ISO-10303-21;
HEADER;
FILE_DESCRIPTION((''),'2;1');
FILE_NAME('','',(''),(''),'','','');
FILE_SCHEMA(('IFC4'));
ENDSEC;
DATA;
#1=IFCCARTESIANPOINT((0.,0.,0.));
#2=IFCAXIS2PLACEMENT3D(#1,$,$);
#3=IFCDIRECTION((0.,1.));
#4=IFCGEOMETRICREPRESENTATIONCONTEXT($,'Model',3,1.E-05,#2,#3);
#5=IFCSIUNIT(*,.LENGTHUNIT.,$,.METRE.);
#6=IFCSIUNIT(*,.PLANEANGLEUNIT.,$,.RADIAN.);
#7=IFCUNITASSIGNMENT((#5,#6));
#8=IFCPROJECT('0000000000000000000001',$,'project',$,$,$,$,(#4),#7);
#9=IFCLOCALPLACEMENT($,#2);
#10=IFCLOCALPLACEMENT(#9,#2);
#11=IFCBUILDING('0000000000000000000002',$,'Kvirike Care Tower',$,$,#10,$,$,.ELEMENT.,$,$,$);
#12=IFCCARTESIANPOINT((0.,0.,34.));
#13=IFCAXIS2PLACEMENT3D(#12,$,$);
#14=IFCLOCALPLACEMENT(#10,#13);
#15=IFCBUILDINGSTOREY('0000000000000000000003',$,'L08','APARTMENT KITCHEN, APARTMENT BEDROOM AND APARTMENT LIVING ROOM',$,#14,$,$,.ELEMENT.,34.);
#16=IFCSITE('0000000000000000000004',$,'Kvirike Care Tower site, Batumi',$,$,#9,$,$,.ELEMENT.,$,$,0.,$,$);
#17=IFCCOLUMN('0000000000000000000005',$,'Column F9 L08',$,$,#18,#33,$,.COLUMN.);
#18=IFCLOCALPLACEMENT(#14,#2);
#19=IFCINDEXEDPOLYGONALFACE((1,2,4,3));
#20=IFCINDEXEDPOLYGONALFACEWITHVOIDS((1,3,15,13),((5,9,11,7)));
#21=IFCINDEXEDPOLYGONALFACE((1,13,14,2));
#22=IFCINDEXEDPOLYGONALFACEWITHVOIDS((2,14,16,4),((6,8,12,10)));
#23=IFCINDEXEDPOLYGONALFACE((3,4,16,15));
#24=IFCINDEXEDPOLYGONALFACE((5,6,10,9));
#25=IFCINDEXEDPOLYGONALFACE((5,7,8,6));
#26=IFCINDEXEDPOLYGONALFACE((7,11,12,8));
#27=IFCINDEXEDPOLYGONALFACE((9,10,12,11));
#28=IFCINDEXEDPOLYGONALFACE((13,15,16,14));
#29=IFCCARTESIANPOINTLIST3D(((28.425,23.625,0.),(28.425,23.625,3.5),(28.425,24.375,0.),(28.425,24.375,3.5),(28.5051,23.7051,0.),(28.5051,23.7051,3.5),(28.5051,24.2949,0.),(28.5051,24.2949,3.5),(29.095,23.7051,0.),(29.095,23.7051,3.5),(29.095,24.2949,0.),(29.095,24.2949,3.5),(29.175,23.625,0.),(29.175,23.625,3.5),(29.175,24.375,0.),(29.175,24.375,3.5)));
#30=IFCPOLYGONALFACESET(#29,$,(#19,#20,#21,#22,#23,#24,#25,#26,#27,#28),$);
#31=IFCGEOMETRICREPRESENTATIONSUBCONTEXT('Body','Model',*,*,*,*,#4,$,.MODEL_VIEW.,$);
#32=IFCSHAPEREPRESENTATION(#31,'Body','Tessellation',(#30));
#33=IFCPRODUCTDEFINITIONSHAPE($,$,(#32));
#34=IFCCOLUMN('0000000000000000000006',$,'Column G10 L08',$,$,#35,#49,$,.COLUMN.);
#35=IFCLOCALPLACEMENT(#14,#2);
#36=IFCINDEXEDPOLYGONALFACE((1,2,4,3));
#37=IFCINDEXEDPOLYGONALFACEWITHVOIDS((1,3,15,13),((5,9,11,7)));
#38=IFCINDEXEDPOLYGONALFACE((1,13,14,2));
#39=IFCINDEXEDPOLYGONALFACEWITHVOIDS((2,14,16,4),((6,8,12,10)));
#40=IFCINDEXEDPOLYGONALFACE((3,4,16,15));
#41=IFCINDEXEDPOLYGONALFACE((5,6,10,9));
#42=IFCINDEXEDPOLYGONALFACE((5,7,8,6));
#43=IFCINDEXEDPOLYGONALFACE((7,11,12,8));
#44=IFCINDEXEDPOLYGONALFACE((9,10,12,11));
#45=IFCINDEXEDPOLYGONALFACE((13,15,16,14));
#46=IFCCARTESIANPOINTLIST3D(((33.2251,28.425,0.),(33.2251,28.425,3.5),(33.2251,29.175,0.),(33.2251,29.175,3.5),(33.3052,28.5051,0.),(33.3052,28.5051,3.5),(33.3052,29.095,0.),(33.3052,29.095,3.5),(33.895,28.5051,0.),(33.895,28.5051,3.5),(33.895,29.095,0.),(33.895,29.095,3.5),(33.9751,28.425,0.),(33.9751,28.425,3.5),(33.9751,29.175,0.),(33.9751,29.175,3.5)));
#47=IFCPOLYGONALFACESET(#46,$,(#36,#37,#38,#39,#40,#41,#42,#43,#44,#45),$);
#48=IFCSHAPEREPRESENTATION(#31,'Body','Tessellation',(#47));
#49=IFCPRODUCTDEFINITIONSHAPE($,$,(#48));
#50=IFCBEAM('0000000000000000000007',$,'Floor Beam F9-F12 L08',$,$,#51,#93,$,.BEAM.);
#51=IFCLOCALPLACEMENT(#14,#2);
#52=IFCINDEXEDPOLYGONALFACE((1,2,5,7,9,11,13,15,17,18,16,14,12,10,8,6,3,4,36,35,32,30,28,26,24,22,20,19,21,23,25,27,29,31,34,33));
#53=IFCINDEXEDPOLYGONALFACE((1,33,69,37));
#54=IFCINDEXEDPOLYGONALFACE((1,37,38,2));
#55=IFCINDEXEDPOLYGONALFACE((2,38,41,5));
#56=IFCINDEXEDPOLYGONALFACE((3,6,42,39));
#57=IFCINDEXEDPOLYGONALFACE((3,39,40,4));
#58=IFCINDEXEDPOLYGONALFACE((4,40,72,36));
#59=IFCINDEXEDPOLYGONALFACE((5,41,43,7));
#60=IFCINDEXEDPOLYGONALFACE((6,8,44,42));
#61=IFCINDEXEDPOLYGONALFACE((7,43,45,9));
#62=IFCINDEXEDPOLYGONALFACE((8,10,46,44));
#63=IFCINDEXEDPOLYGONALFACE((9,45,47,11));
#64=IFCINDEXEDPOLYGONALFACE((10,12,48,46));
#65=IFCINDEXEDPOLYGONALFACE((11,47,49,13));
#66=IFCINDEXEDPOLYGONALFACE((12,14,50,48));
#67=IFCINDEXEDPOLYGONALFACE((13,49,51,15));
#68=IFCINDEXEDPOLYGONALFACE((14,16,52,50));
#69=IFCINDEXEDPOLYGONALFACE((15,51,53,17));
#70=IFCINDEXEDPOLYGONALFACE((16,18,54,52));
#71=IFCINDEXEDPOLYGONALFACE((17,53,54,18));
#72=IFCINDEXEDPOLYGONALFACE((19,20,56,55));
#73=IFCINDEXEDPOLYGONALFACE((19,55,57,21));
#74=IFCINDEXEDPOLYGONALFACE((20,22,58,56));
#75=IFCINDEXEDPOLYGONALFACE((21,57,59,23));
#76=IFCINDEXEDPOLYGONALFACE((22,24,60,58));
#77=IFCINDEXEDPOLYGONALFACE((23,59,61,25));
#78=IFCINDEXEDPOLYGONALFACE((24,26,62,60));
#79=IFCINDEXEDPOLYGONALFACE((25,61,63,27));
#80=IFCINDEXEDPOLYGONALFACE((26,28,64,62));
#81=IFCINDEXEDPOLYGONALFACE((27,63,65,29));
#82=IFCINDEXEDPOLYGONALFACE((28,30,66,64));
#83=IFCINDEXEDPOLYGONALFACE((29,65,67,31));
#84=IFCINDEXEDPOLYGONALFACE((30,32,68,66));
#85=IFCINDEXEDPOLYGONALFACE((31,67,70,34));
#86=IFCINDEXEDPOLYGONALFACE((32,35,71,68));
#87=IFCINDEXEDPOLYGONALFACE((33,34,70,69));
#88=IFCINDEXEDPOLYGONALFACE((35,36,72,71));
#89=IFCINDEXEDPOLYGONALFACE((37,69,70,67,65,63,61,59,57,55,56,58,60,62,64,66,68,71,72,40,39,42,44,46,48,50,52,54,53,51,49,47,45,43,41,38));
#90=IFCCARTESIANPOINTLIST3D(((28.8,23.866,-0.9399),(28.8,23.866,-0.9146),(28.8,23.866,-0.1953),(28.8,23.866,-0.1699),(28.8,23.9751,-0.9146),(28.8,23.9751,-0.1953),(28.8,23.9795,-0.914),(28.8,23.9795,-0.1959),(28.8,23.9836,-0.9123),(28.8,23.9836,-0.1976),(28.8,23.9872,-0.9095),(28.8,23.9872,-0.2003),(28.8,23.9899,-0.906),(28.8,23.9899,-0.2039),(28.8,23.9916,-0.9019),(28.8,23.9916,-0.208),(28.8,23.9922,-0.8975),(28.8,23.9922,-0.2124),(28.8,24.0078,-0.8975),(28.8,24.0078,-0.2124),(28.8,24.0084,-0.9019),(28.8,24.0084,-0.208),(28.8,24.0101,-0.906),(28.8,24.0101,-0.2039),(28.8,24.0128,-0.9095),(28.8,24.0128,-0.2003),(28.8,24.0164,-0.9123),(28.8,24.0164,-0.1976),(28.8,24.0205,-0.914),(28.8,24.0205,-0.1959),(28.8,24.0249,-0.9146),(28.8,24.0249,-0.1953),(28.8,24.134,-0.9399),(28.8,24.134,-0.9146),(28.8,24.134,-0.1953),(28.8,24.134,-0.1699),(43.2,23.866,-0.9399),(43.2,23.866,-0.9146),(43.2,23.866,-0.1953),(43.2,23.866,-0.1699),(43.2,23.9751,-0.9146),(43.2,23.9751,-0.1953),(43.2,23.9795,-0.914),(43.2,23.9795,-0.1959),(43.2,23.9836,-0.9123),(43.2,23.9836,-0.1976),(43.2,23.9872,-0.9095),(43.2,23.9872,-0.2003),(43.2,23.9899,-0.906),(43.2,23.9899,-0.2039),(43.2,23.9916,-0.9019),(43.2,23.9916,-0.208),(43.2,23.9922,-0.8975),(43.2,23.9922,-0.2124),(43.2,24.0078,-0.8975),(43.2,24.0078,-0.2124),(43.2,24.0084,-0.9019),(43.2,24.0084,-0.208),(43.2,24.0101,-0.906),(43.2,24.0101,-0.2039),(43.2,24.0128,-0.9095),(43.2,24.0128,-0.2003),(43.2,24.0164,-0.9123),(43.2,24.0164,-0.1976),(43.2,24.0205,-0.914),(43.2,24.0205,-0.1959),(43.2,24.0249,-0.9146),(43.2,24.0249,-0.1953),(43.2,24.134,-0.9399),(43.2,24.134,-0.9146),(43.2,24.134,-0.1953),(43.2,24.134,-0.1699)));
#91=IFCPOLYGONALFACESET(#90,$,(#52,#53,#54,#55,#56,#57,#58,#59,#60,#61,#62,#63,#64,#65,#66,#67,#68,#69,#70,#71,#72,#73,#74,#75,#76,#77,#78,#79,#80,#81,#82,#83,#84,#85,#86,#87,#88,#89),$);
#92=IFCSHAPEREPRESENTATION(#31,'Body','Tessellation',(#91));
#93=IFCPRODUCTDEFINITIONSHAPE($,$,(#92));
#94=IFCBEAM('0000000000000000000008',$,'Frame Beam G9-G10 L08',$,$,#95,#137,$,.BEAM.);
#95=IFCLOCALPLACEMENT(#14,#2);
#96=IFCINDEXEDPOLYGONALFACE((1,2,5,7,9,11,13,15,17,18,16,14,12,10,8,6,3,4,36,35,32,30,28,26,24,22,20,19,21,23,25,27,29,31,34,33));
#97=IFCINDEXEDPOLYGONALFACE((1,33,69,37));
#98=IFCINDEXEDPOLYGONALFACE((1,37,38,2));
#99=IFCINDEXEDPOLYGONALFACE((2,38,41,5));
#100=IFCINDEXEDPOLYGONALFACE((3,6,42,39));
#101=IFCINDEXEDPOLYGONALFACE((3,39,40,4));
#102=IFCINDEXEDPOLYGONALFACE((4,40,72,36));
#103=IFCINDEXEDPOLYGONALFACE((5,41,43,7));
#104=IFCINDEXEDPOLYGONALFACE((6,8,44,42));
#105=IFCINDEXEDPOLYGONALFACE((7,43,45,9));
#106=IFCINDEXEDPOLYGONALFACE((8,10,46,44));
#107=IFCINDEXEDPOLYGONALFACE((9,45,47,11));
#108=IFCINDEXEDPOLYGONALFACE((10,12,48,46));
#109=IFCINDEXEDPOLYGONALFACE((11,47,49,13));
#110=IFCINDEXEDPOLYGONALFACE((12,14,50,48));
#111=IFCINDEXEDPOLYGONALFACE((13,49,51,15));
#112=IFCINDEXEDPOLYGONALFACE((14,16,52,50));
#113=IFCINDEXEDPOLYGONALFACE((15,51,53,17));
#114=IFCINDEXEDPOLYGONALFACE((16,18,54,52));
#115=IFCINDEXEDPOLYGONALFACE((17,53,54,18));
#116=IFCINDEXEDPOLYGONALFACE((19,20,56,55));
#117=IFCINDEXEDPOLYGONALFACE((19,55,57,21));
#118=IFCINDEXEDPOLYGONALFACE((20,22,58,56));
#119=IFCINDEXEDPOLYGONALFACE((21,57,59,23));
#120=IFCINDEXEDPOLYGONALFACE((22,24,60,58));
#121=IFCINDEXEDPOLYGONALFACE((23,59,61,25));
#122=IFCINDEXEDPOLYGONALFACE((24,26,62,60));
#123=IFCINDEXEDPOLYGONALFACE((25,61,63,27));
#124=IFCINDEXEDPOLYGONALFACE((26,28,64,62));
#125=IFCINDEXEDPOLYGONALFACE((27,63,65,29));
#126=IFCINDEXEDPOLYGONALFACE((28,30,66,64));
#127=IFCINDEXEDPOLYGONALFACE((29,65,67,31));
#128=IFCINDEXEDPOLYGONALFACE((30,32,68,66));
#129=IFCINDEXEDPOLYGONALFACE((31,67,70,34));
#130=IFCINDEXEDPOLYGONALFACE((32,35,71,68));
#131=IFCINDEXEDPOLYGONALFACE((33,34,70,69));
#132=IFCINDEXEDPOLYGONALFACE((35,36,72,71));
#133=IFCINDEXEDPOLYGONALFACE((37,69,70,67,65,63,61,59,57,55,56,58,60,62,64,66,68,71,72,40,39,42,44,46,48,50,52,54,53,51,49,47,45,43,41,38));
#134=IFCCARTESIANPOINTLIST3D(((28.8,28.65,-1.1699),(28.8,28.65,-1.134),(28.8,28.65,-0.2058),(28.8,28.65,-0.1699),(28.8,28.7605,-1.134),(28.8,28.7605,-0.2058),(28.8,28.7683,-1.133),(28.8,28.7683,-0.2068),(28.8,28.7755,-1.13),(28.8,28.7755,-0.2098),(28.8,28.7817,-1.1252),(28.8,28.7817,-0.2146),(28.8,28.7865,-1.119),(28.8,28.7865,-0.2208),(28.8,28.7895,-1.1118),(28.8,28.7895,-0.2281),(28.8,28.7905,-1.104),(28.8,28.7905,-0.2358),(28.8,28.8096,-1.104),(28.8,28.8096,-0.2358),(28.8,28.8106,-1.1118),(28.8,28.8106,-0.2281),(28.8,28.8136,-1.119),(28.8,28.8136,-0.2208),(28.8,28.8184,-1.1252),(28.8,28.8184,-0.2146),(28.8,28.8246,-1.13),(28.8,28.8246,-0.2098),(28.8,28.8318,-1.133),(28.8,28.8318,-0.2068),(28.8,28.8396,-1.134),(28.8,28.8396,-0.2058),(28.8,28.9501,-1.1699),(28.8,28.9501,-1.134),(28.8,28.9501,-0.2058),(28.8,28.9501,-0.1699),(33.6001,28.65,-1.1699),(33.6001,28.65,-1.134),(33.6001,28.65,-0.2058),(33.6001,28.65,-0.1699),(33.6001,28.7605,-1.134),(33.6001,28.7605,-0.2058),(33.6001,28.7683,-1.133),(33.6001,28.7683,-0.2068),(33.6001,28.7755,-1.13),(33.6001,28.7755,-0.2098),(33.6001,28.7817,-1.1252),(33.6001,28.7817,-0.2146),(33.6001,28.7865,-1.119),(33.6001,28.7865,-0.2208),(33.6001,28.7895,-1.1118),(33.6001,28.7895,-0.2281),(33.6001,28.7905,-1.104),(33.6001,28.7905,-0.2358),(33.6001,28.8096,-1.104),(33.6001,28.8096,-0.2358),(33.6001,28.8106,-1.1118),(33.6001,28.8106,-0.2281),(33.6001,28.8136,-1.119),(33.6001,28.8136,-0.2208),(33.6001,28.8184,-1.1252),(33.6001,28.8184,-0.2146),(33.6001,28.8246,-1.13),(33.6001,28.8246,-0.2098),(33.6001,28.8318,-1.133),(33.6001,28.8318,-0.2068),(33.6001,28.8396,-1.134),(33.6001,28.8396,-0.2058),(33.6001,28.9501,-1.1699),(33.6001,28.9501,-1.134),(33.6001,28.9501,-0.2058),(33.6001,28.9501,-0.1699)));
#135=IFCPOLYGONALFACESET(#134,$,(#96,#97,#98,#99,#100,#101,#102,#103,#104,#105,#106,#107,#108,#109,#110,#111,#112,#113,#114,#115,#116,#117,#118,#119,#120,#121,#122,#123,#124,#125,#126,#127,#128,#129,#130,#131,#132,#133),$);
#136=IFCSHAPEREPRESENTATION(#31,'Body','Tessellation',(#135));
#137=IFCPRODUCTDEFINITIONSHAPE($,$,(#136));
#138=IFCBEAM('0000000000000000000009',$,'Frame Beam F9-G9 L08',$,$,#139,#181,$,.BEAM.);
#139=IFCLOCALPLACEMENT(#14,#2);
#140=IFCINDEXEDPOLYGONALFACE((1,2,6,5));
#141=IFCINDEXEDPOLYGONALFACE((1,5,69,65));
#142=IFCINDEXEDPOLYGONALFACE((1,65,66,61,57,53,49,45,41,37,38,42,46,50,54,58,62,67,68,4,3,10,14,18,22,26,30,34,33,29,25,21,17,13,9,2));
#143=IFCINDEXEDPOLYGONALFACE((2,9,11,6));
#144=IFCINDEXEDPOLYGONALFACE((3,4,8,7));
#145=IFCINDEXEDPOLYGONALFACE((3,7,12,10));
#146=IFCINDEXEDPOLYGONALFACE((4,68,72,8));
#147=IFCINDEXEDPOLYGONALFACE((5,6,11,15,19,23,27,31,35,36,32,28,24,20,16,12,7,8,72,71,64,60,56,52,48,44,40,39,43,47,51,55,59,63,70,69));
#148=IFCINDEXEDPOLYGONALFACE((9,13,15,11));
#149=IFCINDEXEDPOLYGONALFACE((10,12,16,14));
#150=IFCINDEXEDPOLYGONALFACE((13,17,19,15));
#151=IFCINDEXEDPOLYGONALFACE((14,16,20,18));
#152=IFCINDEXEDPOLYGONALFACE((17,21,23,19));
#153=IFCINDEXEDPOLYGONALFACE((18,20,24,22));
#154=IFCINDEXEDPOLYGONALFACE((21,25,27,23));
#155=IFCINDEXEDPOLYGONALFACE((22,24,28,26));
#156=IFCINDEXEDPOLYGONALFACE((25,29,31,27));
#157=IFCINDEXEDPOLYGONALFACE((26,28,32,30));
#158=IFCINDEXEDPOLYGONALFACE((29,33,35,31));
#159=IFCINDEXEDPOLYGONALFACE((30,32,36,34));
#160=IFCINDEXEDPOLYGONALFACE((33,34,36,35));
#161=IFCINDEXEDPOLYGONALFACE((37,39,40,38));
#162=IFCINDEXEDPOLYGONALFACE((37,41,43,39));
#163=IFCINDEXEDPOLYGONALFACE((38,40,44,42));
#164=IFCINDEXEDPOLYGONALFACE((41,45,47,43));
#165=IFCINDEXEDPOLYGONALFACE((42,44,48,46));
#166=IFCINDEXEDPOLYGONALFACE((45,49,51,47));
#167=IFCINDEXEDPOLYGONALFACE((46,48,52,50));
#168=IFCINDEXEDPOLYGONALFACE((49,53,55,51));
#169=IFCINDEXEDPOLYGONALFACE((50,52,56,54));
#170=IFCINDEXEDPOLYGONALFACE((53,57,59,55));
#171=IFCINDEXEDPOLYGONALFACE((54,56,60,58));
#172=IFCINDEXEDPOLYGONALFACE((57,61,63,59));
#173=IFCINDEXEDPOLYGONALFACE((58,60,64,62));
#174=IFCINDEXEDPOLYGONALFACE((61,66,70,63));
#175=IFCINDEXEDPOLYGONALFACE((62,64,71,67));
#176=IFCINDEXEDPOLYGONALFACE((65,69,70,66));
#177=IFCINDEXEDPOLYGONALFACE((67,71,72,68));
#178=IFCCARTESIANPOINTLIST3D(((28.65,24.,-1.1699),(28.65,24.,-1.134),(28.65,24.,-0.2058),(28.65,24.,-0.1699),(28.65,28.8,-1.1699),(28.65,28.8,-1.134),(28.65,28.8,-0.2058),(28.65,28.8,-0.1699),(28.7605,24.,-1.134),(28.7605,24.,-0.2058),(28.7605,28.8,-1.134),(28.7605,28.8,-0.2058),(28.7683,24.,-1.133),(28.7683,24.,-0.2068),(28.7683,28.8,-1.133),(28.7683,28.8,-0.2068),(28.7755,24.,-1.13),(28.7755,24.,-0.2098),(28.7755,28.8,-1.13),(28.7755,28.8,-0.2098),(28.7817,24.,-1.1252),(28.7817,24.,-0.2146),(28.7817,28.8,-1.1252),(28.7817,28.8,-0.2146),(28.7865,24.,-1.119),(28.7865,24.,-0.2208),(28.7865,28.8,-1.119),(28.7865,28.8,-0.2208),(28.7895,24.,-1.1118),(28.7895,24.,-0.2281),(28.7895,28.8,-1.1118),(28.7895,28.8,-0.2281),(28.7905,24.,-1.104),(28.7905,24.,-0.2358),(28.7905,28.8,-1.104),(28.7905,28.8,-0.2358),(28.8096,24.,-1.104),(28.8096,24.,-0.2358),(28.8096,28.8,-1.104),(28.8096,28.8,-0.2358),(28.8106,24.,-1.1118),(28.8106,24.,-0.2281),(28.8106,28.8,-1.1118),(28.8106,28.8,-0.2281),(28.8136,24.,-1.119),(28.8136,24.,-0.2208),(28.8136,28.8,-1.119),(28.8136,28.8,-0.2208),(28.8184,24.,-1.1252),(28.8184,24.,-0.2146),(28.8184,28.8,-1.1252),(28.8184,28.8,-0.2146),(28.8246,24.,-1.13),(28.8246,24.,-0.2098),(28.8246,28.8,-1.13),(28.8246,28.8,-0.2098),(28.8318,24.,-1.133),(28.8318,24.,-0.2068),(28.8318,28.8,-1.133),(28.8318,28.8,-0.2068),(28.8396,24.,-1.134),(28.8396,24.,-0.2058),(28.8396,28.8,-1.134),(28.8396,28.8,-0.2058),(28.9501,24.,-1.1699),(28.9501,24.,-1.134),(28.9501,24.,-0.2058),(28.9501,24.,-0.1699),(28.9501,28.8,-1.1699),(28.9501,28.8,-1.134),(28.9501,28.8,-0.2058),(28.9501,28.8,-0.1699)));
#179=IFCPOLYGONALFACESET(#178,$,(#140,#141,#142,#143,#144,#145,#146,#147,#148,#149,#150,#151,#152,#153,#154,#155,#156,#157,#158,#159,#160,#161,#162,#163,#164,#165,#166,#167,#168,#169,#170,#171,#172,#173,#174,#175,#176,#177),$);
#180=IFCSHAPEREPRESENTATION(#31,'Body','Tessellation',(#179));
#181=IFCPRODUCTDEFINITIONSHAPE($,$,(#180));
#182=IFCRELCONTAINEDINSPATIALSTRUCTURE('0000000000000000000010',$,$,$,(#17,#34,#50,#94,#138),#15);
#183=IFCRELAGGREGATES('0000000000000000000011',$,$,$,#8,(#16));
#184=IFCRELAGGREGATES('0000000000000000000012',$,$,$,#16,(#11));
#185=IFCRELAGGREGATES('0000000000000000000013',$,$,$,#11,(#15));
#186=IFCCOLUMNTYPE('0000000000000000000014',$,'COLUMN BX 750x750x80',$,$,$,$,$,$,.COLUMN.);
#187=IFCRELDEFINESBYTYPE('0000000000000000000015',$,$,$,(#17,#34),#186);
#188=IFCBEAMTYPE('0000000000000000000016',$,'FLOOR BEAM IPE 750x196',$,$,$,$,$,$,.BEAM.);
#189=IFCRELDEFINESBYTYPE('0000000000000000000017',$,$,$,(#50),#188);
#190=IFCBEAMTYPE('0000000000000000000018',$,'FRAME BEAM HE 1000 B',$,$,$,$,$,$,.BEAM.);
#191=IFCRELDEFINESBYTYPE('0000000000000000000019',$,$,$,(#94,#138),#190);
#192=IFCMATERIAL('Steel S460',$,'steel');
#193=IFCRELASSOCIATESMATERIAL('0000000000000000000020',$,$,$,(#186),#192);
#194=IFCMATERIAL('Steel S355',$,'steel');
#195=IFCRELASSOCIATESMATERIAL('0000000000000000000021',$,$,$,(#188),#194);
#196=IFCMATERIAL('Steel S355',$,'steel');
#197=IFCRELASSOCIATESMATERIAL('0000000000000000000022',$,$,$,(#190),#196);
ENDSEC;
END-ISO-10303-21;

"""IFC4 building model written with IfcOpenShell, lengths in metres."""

from ifc_helpers import new_model, si_unit, direction, frame, origin, origin_2d, place, context, subcontext, project, spatial, hollow_rectangle, i_section, extrude, material, material_profile, profile_set, type_object, element, save


model = new_model("IFC4")

# Units and contexts
model_context = context("Model", 3, precision=1e-05, world=origin(), true_north=direction((0.0, 1.0)))
body_context = subcontext(model_context, "Body", "Model", "MODEL_VIEW")
ifc_project = project(units=[si_unit("LENGTHUNIT", "METRE"), si_unit("PLANEANGLEUNIT", "RADIAN")], contexts=[model_context])

# Site, building, storey
site_placement = place(None, origin())
site = spatial("IfcSite", under=ifc_project, at=site_placement, Name="Kvirike Care Tower site, Batumi", CompositionType="ELEMENT", RefElevation=0.0)
building_placement = place(site_placement, origin())
building = spatial("IfcBuilding", under=site, at=building_placement, Name="Kvirike Care Tower", CompositionType="ELEMENT")
storey_placement = place(building_placement, frame((0.0, 0.0, 34.0)))
storey = spatial("IfcBuildingStorey", under=building, at=storey_placement, Name="L08", Description="APARTMENT KITCHEN, APARTMENT BEDROOM AND APARTMENT LIVING ROOM", CompositionType="ELEMENT", Elevation=34.0)

# Columns
ifc_material_1 = material(Name="Steel S460", Category="steel")
ifc_material_profile_1 = material_profile(ifc_material_1, hollow_rectangle(XDim=0.75, YDim=0.75, WallThickness=0.0801, at=origin_2d()), Name="BX 750x750x80")
ifc_profile_set_1 = profile_set([ifc_material_profile_1], Name="Steel S460")
column_type = type_object("IfcColumnType", Name="COLUMN BX 750x750x80", PredefinedType="COLUMN", material=ifc_profile_set_1)
for number, where, z_axis, x_axis, name in (
    (1, (28.8, 24.0, 0.0), (0.0, 0.0, 1.0), (1.0, 0.0, 0.0), "Column F9 L08"),
    (2, (33.6001, 28.8, 0.0), (0.0, 0.0, 1.0), (0.0, 1.0, 0.0), "Column G10 L08"),
):
    element("IfcColumn", number, at=place(storey_placement, frame(where, z_axis=z_axis, x_axis=x_axis)), inside=storey, type_object=column_type, Name=name, PredefinedType="COLUMN", context=body_context, shape_type="SweptSolid", body=[
        extrude(hollow_rectangle(XDim=0.75, YDim=0.75, WallThickness=0.0801, at=origin_2d()), origin(), (0.0, 0.0, 1.0), 3.5),
    ])

# Beams
ifc_material_2 = material(Name="Steel S355", Category="steel")
ifc_material_profile_2 = material_profile(ifc_material_2, i_section(OverallWidth=0.2681, OverallDepth=0.77, WebThickness=0.0156, FlangeThickness=0.0254, FilletRadius=0.0171, at=origin_2d()), Name="IPE 750x196")
ifc_profile_set_2 = profile_set([ifc_material_profile_2], Name="Steel S355")
beam_type_1 = type_object("IfcBeamType", Name="FLOOR BEAM IPE 750x196", PredefinedType="BEAM", material=ifc_profile_set_2)
beam_placement = place(storey_placement, frame((28.8, 24.0, -0.5549), z_axis=(1.0, 0.0, 0.0), x_axis=(0.0, 1.0, 0.0)))
element("IfcBeam", 3, at=beam_placement, inside=storey, type_object=beam_type_1, Name="Floor Beam F9-F12 L08", PredefinedType="BEAM", context=body_context, shape_type="SweptSolid", body=[
    extrude(i_section(OverallWidth=0.2681, OverallDepth=0.77, WebThickness=0.0156, FlangeThickness=0.0254, FilletRadius=0.0171, at=origin_2d()), origin(), (0.0, 0.0, 1.0), 14.3999),
])
ifc_material_3 = material(Name="Steel S355", Category="steel")
ifc_material_profile_3 = material_profile(ifc_material_3, i_section(OverallWidth=0.3, OverallDepth=1.0, WebThickness=0.019, FlangeThickness=0.0359, FilletRadius=0.03, at=origin_2d()), Name="HE 1000 B")
ifc_profile_set_3 = profile_set([ifc_material_profile_3], Name="Steel S355")
beam_type_2 = type_object("IfcBeamType", Name="FRAME BEAM HE 1000 B", PredefinedType="BEAM", material=ifc_profile_set_3)
for number, where, z_axis, x_axis, name in (
    (4, (28.8, 28.8, -0.6699), (1.0, 0.0, 0.0), (0.0, 1.0, 0.0), "Frame Beam G9-G10 L08"),
    (5, (28.8, 24.0, -0.6699), (0.0, 1.0, 0.0), (-1.0, 0.0, 0.0), "Frame Beam F9-G9 L08"),
):
    element("IfcBeam", number, at=place(storey_placement, frame(where, z_axis=z_axis, x_axis=x_axis)), inside=storey, type_object=beam_type_2, Name=name, PredefinedType="BEAM", context=body_context, shape_type="SweptSolid", body=[
        extrude(i_section(OverallWidth=0.3, OverallDepth=1.0, WebThickness=0.019, FlangeThickness=0.0359, FilletRadius=0.03, at=origin_2d()), origin(), (0.0, 0.0, 1.0), 4.8),
    ])

save(model, "model.ifc")
